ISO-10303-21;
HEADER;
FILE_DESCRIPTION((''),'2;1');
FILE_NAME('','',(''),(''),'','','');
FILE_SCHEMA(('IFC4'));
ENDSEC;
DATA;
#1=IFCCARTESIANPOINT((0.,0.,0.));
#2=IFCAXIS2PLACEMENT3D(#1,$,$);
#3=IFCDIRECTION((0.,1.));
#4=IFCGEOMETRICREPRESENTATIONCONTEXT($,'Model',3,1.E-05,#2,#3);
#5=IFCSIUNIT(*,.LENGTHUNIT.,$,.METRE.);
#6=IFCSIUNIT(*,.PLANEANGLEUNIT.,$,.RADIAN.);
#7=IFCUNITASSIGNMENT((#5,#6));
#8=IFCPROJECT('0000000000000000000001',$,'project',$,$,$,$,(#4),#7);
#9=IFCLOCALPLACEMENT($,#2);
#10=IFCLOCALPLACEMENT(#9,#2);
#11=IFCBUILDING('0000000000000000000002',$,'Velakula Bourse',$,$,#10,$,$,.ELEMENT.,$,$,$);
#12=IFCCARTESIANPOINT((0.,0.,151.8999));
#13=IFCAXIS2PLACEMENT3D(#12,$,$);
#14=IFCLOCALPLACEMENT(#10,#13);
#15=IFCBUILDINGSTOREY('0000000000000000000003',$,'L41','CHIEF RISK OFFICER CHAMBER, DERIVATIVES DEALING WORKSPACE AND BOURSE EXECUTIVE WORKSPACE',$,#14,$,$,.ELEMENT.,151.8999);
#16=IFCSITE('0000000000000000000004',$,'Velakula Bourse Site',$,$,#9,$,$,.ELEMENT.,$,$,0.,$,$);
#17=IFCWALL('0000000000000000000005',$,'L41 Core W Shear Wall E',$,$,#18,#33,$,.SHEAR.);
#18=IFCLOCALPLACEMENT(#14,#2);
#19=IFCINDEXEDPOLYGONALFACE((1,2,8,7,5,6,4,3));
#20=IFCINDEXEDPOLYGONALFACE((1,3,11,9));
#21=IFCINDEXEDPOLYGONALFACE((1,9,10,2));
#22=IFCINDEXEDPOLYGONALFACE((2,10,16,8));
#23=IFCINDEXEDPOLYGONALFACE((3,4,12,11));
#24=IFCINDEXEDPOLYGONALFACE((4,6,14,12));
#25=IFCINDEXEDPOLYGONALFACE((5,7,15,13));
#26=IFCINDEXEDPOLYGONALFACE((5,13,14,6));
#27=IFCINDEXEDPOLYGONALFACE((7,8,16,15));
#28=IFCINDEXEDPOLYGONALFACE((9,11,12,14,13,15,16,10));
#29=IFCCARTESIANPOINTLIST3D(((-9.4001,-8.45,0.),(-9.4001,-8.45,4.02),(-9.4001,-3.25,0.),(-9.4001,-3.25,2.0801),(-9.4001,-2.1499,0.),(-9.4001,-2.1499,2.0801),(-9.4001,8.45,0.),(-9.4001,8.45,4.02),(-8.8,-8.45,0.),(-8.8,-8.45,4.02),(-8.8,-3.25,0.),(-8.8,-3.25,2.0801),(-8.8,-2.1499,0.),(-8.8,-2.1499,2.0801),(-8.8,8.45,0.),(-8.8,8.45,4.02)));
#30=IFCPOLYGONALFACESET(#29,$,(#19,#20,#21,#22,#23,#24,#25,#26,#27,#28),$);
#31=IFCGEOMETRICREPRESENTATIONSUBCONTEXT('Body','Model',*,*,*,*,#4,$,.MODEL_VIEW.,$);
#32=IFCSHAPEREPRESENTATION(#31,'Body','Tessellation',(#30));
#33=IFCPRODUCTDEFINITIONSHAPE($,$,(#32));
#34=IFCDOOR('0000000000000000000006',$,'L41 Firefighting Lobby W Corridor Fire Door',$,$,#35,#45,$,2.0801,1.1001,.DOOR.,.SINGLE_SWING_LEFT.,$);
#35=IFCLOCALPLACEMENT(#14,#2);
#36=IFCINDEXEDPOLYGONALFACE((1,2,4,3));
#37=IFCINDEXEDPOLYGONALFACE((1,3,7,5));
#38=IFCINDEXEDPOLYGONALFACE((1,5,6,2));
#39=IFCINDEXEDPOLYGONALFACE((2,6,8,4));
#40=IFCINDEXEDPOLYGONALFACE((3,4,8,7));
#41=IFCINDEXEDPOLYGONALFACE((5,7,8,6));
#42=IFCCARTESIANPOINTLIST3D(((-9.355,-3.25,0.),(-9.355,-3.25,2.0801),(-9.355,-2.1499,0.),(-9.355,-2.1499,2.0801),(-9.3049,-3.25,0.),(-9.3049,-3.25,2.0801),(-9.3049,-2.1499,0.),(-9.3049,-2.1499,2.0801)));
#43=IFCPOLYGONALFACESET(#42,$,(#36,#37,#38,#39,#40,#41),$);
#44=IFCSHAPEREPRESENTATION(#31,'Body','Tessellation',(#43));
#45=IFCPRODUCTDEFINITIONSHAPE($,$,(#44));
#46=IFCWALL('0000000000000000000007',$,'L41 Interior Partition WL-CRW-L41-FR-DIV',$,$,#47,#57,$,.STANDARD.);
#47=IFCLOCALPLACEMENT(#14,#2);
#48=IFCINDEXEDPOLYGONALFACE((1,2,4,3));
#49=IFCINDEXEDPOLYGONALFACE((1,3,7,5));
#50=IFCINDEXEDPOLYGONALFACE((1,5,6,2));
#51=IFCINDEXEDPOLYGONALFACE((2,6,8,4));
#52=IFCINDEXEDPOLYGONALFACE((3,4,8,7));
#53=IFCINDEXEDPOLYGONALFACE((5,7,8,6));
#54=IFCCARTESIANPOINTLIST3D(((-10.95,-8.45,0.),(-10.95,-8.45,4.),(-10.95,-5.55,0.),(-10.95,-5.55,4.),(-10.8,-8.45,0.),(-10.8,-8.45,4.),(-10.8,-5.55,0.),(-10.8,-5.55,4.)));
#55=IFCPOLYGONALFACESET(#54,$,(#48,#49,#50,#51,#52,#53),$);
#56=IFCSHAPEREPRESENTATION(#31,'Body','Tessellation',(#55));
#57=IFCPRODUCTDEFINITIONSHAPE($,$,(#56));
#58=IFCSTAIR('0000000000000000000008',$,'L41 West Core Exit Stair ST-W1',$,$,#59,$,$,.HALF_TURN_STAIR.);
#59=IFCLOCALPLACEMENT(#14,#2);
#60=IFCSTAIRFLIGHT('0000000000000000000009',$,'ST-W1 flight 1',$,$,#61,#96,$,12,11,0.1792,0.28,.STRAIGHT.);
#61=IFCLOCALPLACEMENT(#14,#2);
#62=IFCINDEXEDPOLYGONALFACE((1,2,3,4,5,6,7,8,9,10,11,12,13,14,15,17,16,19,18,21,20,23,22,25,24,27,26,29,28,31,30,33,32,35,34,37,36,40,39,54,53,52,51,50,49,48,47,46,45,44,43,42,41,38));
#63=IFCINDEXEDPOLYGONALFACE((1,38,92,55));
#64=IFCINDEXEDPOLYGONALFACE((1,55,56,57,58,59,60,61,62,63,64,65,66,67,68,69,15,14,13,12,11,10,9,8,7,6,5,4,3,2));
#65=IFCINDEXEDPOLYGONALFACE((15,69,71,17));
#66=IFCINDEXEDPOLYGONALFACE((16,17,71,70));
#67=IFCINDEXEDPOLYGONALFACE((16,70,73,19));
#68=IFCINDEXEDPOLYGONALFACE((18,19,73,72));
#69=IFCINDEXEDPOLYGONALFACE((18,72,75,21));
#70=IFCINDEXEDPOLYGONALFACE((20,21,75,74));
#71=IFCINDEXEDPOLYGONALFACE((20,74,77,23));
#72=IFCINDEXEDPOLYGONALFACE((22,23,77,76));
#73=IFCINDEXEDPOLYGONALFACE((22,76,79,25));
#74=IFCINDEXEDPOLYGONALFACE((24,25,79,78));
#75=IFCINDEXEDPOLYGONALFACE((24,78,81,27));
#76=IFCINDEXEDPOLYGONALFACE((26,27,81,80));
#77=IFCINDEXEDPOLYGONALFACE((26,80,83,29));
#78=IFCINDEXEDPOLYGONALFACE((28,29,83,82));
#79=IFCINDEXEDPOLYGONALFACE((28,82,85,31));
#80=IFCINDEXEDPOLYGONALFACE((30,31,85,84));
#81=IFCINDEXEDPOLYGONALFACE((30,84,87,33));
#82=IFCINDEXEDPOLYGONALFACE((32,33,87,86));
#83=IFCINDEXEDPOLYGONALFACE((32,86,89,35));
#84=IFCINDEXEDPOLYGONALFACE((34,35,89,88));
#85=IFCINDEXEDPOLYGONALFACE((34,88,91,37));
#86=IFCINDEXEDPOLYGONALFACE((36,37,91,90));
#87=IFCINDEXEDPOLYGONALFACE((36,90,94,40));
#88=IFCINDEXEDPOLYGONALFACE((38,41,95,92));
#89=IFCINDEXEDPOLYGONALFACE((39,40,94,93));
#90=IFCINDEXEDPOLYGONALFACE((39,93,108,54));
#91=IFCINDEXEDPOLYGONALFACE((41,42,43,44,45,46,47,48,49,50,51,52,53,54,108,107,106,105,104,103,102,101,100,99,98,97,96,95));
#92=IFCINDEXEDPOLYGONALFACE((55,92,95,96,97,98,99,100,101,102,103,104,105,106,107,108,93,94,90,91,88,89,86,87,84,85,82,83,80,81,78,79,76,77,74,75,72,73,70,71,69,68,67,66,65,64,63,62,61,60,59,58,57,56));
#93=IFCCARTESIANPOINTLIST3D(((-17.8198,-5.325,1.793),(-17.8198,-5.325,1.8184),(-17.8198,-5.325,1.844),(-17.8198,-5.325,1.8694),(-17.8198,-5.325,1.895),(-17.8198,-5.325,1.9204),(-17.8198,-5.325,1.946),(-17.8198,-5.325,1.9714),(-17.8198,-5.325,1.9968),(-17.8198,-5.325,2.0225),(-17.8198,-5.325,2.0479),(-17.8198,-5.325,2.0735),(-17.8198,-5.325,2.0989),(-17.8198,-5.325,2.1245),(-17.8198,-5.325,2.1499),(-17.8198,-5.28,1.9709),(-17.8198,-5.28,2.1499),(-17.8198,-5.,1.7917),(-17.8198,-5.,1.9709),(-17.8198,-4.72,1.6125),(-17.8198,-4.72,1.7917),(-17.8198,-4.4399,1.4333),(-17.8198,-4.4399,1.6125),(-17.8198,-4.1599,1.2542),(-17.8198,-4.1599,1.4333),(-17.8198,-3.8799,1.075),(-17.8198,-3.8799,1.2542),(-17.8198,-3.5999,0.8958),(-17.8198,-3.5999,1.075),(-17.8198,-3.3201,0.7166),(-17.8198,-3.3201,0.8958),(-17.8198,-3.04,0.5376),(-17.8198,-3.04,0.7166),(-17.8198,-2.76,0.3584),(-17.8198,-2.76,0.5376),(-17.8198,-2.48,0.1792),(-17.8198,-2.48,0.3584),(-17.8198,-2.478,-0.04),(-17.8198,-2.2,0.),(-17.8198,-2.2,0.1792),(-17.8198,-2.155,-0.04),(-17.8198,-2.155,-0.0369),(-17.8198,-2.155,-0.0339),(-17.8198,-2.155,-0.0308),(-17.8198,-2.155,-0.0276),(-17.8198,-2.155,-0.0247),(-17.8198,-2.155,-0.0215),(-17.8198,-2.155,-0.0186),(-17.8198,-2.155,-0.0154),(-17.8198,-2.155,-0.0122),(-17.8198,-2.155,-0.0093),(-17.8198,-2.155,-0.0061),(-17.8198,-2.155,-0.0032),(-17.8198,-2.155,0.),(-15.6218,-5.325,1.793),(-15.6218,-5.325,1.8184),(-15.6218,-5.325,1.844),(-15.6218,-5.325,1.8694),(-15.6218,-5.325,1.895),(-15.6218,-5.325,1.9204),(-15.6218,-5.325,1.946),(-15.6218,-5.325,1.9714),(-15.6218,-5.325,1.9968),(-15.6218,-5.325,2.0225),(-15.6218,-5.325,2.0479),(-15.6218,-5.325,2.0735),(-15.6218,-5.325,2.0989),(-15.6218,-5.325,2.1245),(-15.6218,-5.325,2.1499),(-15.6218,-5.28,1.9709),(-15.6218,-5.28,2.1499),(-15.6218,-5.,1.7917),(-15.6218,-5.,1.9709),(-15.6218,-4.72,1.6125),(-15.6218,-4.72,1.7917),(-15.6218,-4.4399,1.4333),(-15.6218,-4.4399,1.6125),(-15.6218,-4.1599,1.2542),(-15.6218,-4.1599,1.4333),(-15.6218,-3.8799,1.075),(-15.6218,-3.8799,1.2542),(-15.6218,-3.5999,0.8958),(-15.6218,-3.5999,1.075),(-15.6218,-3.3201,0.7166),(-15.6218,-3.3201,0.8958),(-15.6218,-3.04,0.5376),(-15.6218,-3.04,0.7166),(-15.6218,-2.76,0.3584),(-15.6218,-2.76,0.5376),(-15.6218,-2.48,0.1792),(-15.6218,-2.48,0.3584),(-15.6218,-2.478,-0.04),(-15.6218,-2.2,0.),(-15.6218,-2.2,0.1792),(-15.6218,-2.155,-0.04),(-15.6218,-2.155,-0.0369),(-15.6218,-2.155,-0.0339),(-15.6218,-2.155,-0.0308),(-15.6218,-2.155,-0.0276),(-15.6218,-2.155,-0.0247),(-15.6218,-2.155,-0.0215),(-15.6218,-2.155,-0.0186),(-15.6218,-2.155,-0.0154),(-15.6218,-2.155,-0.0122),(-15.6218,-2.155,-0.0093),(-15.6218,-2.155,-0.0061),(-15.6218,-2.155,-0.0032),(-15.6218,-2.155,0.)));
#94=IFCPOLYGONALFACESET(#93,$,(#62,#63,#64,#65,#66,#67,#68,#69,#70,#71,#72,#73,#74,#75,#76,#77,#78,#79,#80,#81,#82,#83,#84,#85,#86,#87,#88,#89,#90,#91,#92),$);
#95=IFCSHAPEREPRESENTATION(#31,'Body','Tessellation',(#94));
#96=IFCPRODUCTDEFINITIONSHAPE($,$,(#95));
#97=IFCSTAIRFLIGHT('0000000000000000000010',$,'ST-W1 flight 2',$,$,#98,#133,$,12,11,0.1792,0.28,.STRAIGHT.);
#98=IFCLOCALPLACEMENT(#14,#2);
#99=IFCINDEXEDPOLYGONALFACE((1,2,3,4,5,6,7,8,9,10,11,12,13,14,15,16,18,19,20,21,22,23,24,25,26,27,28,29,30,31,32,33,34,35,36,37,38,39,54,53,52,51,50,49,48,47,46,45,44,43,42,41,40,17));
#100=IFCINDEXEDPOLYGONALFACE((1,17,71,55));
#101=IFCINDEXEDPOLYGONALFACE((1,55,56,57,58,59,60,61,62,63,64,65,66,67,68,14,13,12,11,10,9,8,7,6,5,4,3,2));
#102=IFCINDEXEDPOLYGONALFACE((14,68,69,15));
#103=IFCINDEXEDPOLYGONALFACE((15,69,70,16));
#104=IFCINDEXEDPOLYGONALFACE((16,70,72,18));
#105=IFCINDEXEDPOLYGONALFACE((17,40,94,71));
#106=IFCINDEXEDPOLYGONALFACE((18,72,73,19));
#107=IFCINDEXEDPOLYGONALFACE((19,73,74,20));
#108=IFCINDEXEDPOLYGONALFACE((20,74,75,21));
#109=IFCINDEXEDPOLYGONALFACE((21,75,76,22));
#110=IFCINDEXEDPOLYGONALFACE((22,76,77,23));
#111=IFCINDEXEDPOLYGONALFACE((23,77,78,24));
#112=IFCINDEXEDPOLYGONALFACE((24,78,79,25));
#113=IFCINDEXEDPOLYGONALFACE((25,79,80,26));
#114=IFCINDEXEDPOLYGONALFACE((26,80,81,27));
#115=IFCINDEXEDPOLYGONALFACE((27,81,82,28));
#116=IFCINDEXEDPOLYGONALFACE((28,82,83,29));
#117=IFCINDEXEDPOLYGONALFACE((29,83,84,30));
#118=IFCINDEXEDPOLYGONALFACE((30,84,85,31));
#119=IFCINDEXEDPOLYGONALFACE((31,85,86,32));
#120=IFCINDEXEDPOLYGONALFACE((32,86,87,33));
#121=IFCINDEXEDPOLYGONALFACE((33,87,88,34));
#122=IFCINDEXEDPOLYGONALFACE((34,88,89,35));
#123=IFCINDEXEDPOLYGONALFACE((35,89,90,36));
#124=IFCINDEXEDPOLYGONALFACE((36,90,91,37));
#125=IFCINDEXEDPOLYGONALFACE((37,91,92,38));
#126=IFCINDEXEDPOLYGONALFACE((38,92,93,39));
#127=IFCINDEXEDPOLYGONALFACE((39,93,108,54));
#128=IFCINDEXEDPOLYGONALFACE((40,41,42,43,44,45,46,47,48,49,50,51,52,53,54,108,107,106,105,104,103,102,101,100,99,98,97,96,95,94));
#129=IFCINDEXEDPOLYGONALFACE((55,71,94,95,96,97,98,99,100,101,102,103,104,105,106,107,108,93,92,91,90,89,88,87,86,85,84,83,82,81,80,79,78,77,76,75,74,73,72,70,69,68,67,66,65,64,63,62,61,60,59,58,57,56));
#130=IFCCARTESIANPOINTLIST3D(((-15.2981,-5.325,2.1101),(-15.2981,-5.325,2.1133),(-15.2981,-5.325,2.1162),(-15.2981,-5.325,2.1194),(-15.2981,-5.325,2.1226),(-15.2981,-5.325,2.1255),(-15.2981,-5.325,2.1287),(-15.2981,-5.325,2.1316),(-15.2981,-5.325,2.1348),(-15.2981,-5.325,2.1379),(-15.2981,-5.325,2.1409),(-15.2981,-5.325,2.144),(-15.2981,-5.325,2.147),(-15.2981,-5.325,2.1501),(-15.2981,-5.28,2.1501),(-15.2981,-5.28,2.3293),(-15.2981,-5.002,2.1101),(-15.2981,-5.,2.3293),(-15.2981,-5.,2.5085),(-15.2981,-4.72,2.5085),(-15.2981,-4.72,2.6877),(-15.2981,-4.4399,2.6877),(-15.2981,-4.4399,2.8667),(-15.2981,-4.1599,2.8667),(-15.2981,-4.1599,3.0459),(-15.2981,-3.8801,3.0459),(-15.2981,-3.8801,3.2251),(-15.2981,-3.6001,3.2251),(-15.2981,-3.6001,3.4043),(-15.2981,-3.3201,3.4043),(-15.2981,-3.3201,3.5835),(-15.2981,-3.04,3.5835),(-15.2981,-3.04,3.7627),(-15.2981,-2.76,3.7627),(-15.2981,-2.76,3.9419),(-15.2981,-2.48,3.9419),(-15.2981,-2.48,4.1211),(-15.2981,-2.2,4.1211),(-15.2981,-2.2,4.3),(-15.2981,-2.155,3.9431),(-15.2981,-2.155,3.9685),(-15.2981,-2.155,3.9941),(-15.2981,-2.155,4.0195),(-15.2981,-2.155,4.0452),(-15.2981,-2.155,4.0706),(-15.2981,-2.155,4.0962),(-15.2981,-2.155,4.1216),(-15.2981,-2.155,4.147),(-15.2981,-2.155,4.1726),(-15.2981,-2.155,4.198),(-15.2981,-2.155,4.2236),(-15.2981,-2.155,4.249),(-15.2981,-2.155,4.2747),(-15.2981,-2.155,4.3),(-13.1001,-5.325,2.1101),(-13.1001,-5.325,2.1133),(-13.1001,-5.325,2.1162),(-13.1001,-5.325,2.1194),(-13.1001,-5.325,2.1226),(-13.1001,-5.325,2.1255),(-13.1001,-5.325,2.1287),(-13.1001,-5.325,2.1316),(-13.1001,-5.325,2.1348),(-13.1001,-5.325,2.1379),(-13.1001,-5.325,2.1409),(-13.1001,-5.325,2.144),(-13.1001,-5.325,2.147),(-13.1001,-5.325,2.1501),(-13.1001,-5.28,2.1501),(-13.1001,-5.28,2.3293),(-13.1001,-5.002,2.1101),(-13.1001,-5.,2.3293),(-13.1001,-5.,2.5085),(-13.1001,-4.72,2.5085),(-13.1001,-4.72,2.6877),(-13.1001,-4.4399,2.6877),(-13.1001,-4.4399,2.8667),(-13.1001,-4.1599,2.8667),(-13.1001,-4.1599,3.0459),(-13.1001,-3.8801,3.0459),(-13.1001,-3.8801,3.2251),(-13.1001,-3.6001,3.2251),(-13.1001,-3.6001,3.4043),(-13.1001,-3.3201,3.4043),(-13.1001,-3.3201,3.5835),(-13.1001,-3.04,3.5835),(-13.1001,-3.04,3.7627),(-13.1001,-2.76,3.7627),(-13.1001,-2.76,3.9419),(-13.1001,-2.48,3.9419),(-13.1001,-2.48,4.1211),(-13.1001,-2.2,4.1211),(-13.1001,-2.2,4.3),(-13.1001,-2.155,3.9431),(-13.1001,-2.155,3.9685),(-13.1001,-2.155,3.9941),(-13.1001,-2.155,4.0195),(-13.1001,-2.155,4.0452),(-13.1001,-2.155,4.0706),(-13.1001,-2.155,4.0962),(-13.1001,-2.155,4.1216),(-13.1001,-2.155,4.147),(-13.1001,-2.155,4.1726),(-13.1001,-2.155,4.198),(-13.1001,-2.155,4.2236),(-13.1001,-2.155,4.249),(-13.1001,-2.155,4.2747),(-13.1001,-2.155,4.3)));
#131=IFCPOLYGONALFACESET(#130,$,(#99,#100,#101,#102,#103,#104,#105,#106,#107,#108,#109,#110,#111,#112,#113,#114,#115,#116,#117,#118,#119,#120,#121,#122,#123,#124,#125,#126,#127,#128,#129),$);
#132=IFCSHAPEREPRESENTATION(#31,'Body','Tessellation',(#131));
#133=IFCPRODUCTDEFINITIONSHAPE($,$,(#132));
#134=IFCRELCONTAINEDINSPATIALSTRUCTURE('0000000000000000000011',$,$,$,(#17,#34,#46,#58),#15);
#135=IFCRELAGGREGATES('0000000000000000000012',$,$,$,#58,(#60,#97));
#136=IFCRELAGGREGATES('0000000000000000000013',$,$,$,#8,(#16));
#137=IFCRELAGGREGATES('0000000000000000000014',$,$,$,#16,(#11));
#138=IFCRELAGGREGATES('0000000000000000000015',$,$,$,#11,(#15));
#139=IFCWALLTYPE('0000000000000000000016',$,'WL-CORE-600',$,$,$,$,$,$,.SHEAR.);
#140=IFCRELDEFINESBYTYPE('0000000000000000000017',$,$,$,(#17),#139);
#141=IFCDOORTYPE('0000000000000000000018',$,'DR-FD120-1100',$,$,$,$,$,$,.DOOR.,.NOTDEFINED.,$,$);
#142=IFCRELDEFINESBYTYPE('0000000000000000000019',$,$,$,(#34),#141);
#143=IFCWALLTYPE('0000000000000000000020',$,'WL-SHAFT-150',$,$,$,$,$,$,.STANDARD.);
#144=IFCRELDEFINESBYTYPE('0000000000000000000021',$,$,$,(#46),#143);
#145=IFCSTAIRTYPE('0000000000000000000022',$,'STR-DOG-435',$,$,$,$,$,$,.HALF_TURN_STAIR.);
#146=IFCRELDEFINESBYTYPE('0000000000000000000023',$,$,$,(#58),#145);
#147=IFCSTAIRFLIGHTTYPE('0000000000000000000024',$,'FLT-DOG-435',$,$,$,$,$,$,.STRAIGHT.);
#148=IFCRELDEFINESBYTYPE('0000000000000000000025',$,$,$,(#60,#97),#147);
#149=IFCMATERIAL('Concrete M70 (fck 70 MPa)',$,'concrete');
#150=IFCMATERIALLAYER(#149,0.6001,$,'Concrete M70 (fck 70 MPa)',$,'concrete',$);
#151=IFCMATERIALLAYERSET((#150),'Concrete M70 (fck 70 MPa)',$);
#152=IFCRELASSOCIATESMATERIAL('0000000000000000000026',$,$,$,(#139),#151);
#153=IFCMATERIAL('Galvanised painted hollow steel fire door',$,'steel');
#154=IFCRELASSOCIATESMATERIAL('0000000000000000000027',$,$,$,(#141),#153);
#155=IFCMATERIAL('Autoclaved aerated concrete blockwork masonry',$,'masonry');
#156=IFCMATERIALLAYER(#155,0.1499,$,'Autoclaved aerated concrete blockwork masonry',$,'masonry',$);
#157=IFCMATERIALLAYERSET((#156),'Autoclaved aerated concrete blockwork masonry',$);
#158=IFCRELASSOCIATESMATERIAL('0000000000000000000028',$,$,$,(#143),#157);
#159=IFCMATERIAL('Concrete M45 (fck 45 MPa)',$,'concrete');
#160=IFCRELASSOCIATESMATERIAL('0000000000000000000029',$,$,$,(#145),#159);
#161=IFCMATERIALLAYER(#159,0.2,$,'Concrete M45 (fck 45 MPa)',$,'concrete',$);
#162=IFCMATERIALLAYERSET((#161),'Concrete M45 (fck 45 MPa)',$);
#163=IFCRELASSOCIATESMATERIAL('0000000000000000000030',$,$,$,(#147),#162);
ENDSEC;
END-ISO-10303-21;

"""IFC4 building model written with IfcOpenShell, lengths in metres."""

from ifc_helpers import new_model, si_unit, direction, frame, frame_2d, origin, place, context, subcontext, project, spatial, polyline, rectangle, outline, extrude, material, layer, layer_set, type_object, element, fill, aggregate, save


model = new_model("IFC4")

# Units and contexts
model_context = context("Model", 3, precision=1e-05, world=origin(), true_north=direction((0.0, 1.0)))
body_context = subcontext(model_context, "Body", "Model", "MODEL_VIEW")
ifc_project = project(units=[si_unit("LENGTHUNIT", "METRE"), si_unit("PLANEANGLEUNIT", "RADIAN")], contexts=[model_context])

# Site, building, storey
site_placement = place(None, origin())
site = spatial("IfcSite", under=ifc_project, at=site_placement, Name="Velakula Bourse Site", CompositionType="ELEMENT", RefElevation=0.0)
building_placement = place(site_placement, origin())
building = spatial("IfcBuilding", under=site, at=building_placement, Name="Velakula Bourse", CompositionType="ELEMENT")
storey_placement = place(building_placement, frame((0.0, 0.0, 151.8999)))
storey = spatial("IfcBuildingStorey", under=building, at=storey_placement, Name="L41", Description="CHIEF RISK OFFICER CHAMBER, DERIVATIVES DEALING WORKSPACE AND BOURSE EXECUTIVE WORKSPACE", CompositionType="ELEMENT", Elevation=151.8999)

# Shared definitions
ifc_material_1 = material(Name="Galvanised painted hollow steel fire door", Category="steel")

# Shared definitions
ifc_material_2 = material(Name="Concrete M70 (fck 70 MPa)", Category="concrete")
ifc_layer_1 = layer(ifc_material_2, 0.6001, Name="Concrete M70 (fck 70 MPa)", Category="concrete")
ifc_layer_set_1 = layer_set([ifc_layer_1], Name="Concrete M70 (fck 70 MPa)")
wall_type_1 = type_object("IfcWallType", Name="WL-CORE-600", PredefinedType="SHEAR", material=ifc_layer_set_1)

# Wall, opening, door
wall_1_placement = place(storey_placement, frame((-9.1001, -8.45, 0.0), z_axis=(0.0, 0.0, 1.0), x_axis=(0.0, 1.0, 0.0)))
wall_1 = element("IfcWall", 1, at=wall_1_placement, inside=storey, type_object=wall_type_1, Name="L41 Core W Shear Wall E", PredefinedType="SHEAR", context=body_context, shape_type="SweptSolid", body=[
    extrude(rectangle(XDim=16.8999, YDim=0.6001, at=frame_2d((8.45, 0.0))), origin(), (0.0, 0.0, 1.0), 4.02),
])
opening_1_placement = place(wall_1_placement, frame((5.2, 0.0, 0.0)))
opening_1 = element("IfcOpeningElement", 2, at=opening_1_placement, cuts=wall_1, PredefinedType="OPENING", context=body_context, shape_type="SweptSolid", body=[
    extrude(rectangle(XDim=1.1001, YDim=2.0801, at=frame_2d((0.55, 1.04))), frame((0.0, 0.3101, 0.0), z_axis=(0.0, -1.0, 0.0), x_axis=(1.0, 0.0, 0.0)), (0.0, 0.0, 1.0), 0.6201),
])
door_type_1 = type_object("IfcDoorType", Name="DR-FD120-1100", OperationType="NOTDEFINED", PredefinedType="DOOR", material=ifc_material_1)
door_1_placement = place(opening_1_placement, origin())
door_1 = element("IfcDoor", 3, at=door_1_placement, inside=storey, type_object=door_type_1, Name="L41 Firefighting Lobby W Corridor Fire Door", OperationType="SINGLE_SWING_LEFT", OverallHeight=2.0801, OverallWidth=1.1001, PredefinedType="DOOR", context=body_context, shape_type="SweptSolid", body=[
    extrude(rectangle(XDim=1.1001, YDim=2.0801, at=frame_2d((0.55, 1.04))), frame((0.0, 0.2549, 0.0), z_axis=(0.0, -1.0, 0.0), x_axis=(1.0, 0.0, 0.0)), (0.0, 0.0, 1.0), 0.05),
])
fill(opening_1, door_1)

# Shared definitions
ifc_material_3 = material(Name="Autoclaved aerated concrete blockwork masonry", Category="masonry")
ifc_layer_2 = layer(ifc_material_3, 0.1499, Name="Autoclaved aerated concrete blockwork masonry", Category="masonry")
ifc_layer_set_2 = layer_set([ifc_layer_2], Name="Autoclaved aerated concrete blockwork masonry")
wall_type_2 = type_object("IfcWallType", Name="WL-SHAFT-150", PredefinedType="STANDARD", material=ifc_layer_set_2)

# Wall
wall_2_placement = place(storey_placement, frame((-10.875, -8.45, 0.0), z_axis=(0.0, 0.0, 1.0), x_axis=(0.0, 1.0, 0.0)))
element("IfcWall", 4, at=wall_2_placement, inside=storey, type_object=wall_type_2, Name="L41 Interior Partition WL-CRW-L41-FR-DIV", PredefinedType="STANDARD", context=body_context, shape_type="SweptSolid", body=[
    extrude(rectangle(XDim=2.8999, YDim=0.1499, at=frame_2d((1.45, 0.0))), origin(), (0.0, 0.0, 1.0), 4.0),
])

# Stair, stair flights
ifc_material_4 = material(Name="Concrete M45 (fck 45 MPa)", Category="concrete")
stair_type = type_object("IfcStairType", Name="STR-DOG-435", PredefinedType="HALF_TURN_STAIR", material=ifc_material_4)
stair_placement = place(storey_placement, origin())
stair = element("IfcStair", 5, at=stair_placement, inside=storey, type_object=stair_type, Name="L41 West Core Exit Stair ST-W1", PredefinedType="HALF_TURN_STAIR")
ifc_layer_3 = layer(ifc_material_4, 0.2, Name="Concrete M45 (fck 45 MPa)", Category="concrete")
ifc_layer_set_3 = layer_set([ifc_layer_3], Name="Concrete M45 (fck 45 MPa)")
stair_flight_type = type_object("IfcStairFlightType", Name="FLT-DOG-435", PredefinedType="STRAIGHT", material=ifc_layer_set_3)
stair_flight_1_placement = place(storey_placement, frame((-16.7209, -2.2, 0.0), z_axis=(0.0, 0.0, 1.0), x_axis=(0.0, -1.0, 0.0)))
stair_flight_1 = element("IfcStairFlight", 6, at=stair_flight_1_placement, type_object=stair_flight_type, Name="ST-W1 flight 1", NumberOfRisers=12, NumberOfTreads=11, PredefinedType="STRAIGHT", RiserHeight=0.1792, TreadLength=0.28, context=body_context, shape_type="SweptSolid", body=[
    extrude(outline(polyline([(-0.0449, -0.04), (-0.0449, -0.0369), (-0.0449, -0.0339), (-0.0449, -0.0308), (-0.0449, -0.0276), (-0.0449, -0.0247), (-0.0449, -0.0215), (-0.0449, -0.0186), (-0.0449, -0.0154), (-0.0449, -0.0122), (-0.0449, -0.0093), (-0.0449, -0.0061), (-0.0449, -0.0032), (-0.0449, 0.0), (0.0, 0.0), (0.0, 0.1792), (0.28, 0.1792), (0.28, 0.3584), (0.5601, 0.3584), (0.5601, 0.5376), (0.8401, 0.5376), (0.8401, 0.7166), (1.1201, 0.7166), (1.1201, 0.8958), (1.3999, 0.8958), (1.3999, 1.075), (1.6799, 1.075), (1.6799, 1.2542), (1.96, 1.2542), (1.96, 1.4333), (2.24, 1.4333), (2.24, 1.6125), (2.52, 1.6125), (2.52, 1.7917), (2.8, 1.7917), (2.8, 1.9709), (3.0801, 1.9709), (3.0801, 2.1499), (3.125, 2.1499), (3.125, 2.1245), (3.125, 2.0989), (3.125, 2.0735), (3.125, 2.0479), (3.125, 2.0225), (3.125, 1.9968), (3.125, 1.9714), (3.125, 1.946), (3.125, 1.9204), (3.125, 1.895), (3.125, 1.8694), (3.125, 1.844), (3.125, 1.8184), (3.125, 1.793), (0.2781, -0.04), (-0.0449, -0.04)])), frame((0.0, 1.0991, 0.0), z_axis=(0.0, -1.0, 0.0), x_axis=(1.0, 0.0, 0.0)), (0.0, 0.0, 1.0), 2.198),
])
stair_flight_2_placement = place(storey_placement, frame((-14.199, -5.28, 2.1501), z_axis=(0.0, 0.0, 1.0), x_axis=(0.0, 1.0, 0.0)))
stair_flight_2 = element("IfcStairFlight", 7, at=stair_flight_2_placement, type_object=stair_flight_type, Name="ST-W1 flight 2", NumberOfRisers=12, NumberOfTreads=11, PredefinedType="STRAIGHT", RiserHeight=0.1792, TreadLength=0.28, context=body_context, shape_type="SweptSolid", body=[
    extrude(outline(polyline([(-0.0449, -0.04), (-0.0449, -0.0369), (-0.0449, -0.0339), (-0.0449, -0.0308), (-0.0449, -0.0276), (-0.0449, -0.0247), (-0.0449, -0.0215), (-0.0449, -0.0186), (-0.0449, -0.0154), (-0.0449, -0.0122), (-0.0449, -0.0093), (-0.0449, -0.0061), (-0.0449, -0.0032), (-0.0449, 0.0), (0.0, 0.0), (0.0, 0.1792), (0.28, 0.1792), (0.28, 0.3584), (0.5601, 0.3584), (0.5601, 0.5376), (0.8401, 0.5376), (0.8401, 0.7166), (1.1201, 0.7166), (1.1201, 0.8958), (1.3999, 0.8958), (1.3999, 1.075), (1.6799, 1.075), (1.6799, 1.2542), (1.96, 1.2542), (1.96, 1.4333), (2.24, 1.4333), (2.24, 1.6125), (2.52, 1.6125), (2.52, 1.7917), (2.8, 1.7917), (2.8, 1.9709), (3.0801, 1.9709), (3.0801, 2.1499), (3.125, 2.1499), (3.125, 2.1245), (3.125, 2.0989), (3.125, 2.0735), (3.125, 2.0479), (3.125, 2.0225), (3.125, 1.9968), (3.125, 1.9714), (3.125, 1.946), (3.125, 1.9204), (3.125, 1.895), (3.125, 1.8694), (3.125, 1.844), (3.125, 1.8184), (3.125, 1.793), (0.2781, -0.04), (-0.0449, -0.04)])), frame((0.0, 1.0991, 0.0), z_axis=(0.0, -1.0, 0.0), x_axis=(1.0, 0.0, 0.0)), (0.0, 0.0, 1.0), 2.198),
])
aggregate(stair, [stair_flight_1, stair_flight_2])

save(model, "model.ifc")
